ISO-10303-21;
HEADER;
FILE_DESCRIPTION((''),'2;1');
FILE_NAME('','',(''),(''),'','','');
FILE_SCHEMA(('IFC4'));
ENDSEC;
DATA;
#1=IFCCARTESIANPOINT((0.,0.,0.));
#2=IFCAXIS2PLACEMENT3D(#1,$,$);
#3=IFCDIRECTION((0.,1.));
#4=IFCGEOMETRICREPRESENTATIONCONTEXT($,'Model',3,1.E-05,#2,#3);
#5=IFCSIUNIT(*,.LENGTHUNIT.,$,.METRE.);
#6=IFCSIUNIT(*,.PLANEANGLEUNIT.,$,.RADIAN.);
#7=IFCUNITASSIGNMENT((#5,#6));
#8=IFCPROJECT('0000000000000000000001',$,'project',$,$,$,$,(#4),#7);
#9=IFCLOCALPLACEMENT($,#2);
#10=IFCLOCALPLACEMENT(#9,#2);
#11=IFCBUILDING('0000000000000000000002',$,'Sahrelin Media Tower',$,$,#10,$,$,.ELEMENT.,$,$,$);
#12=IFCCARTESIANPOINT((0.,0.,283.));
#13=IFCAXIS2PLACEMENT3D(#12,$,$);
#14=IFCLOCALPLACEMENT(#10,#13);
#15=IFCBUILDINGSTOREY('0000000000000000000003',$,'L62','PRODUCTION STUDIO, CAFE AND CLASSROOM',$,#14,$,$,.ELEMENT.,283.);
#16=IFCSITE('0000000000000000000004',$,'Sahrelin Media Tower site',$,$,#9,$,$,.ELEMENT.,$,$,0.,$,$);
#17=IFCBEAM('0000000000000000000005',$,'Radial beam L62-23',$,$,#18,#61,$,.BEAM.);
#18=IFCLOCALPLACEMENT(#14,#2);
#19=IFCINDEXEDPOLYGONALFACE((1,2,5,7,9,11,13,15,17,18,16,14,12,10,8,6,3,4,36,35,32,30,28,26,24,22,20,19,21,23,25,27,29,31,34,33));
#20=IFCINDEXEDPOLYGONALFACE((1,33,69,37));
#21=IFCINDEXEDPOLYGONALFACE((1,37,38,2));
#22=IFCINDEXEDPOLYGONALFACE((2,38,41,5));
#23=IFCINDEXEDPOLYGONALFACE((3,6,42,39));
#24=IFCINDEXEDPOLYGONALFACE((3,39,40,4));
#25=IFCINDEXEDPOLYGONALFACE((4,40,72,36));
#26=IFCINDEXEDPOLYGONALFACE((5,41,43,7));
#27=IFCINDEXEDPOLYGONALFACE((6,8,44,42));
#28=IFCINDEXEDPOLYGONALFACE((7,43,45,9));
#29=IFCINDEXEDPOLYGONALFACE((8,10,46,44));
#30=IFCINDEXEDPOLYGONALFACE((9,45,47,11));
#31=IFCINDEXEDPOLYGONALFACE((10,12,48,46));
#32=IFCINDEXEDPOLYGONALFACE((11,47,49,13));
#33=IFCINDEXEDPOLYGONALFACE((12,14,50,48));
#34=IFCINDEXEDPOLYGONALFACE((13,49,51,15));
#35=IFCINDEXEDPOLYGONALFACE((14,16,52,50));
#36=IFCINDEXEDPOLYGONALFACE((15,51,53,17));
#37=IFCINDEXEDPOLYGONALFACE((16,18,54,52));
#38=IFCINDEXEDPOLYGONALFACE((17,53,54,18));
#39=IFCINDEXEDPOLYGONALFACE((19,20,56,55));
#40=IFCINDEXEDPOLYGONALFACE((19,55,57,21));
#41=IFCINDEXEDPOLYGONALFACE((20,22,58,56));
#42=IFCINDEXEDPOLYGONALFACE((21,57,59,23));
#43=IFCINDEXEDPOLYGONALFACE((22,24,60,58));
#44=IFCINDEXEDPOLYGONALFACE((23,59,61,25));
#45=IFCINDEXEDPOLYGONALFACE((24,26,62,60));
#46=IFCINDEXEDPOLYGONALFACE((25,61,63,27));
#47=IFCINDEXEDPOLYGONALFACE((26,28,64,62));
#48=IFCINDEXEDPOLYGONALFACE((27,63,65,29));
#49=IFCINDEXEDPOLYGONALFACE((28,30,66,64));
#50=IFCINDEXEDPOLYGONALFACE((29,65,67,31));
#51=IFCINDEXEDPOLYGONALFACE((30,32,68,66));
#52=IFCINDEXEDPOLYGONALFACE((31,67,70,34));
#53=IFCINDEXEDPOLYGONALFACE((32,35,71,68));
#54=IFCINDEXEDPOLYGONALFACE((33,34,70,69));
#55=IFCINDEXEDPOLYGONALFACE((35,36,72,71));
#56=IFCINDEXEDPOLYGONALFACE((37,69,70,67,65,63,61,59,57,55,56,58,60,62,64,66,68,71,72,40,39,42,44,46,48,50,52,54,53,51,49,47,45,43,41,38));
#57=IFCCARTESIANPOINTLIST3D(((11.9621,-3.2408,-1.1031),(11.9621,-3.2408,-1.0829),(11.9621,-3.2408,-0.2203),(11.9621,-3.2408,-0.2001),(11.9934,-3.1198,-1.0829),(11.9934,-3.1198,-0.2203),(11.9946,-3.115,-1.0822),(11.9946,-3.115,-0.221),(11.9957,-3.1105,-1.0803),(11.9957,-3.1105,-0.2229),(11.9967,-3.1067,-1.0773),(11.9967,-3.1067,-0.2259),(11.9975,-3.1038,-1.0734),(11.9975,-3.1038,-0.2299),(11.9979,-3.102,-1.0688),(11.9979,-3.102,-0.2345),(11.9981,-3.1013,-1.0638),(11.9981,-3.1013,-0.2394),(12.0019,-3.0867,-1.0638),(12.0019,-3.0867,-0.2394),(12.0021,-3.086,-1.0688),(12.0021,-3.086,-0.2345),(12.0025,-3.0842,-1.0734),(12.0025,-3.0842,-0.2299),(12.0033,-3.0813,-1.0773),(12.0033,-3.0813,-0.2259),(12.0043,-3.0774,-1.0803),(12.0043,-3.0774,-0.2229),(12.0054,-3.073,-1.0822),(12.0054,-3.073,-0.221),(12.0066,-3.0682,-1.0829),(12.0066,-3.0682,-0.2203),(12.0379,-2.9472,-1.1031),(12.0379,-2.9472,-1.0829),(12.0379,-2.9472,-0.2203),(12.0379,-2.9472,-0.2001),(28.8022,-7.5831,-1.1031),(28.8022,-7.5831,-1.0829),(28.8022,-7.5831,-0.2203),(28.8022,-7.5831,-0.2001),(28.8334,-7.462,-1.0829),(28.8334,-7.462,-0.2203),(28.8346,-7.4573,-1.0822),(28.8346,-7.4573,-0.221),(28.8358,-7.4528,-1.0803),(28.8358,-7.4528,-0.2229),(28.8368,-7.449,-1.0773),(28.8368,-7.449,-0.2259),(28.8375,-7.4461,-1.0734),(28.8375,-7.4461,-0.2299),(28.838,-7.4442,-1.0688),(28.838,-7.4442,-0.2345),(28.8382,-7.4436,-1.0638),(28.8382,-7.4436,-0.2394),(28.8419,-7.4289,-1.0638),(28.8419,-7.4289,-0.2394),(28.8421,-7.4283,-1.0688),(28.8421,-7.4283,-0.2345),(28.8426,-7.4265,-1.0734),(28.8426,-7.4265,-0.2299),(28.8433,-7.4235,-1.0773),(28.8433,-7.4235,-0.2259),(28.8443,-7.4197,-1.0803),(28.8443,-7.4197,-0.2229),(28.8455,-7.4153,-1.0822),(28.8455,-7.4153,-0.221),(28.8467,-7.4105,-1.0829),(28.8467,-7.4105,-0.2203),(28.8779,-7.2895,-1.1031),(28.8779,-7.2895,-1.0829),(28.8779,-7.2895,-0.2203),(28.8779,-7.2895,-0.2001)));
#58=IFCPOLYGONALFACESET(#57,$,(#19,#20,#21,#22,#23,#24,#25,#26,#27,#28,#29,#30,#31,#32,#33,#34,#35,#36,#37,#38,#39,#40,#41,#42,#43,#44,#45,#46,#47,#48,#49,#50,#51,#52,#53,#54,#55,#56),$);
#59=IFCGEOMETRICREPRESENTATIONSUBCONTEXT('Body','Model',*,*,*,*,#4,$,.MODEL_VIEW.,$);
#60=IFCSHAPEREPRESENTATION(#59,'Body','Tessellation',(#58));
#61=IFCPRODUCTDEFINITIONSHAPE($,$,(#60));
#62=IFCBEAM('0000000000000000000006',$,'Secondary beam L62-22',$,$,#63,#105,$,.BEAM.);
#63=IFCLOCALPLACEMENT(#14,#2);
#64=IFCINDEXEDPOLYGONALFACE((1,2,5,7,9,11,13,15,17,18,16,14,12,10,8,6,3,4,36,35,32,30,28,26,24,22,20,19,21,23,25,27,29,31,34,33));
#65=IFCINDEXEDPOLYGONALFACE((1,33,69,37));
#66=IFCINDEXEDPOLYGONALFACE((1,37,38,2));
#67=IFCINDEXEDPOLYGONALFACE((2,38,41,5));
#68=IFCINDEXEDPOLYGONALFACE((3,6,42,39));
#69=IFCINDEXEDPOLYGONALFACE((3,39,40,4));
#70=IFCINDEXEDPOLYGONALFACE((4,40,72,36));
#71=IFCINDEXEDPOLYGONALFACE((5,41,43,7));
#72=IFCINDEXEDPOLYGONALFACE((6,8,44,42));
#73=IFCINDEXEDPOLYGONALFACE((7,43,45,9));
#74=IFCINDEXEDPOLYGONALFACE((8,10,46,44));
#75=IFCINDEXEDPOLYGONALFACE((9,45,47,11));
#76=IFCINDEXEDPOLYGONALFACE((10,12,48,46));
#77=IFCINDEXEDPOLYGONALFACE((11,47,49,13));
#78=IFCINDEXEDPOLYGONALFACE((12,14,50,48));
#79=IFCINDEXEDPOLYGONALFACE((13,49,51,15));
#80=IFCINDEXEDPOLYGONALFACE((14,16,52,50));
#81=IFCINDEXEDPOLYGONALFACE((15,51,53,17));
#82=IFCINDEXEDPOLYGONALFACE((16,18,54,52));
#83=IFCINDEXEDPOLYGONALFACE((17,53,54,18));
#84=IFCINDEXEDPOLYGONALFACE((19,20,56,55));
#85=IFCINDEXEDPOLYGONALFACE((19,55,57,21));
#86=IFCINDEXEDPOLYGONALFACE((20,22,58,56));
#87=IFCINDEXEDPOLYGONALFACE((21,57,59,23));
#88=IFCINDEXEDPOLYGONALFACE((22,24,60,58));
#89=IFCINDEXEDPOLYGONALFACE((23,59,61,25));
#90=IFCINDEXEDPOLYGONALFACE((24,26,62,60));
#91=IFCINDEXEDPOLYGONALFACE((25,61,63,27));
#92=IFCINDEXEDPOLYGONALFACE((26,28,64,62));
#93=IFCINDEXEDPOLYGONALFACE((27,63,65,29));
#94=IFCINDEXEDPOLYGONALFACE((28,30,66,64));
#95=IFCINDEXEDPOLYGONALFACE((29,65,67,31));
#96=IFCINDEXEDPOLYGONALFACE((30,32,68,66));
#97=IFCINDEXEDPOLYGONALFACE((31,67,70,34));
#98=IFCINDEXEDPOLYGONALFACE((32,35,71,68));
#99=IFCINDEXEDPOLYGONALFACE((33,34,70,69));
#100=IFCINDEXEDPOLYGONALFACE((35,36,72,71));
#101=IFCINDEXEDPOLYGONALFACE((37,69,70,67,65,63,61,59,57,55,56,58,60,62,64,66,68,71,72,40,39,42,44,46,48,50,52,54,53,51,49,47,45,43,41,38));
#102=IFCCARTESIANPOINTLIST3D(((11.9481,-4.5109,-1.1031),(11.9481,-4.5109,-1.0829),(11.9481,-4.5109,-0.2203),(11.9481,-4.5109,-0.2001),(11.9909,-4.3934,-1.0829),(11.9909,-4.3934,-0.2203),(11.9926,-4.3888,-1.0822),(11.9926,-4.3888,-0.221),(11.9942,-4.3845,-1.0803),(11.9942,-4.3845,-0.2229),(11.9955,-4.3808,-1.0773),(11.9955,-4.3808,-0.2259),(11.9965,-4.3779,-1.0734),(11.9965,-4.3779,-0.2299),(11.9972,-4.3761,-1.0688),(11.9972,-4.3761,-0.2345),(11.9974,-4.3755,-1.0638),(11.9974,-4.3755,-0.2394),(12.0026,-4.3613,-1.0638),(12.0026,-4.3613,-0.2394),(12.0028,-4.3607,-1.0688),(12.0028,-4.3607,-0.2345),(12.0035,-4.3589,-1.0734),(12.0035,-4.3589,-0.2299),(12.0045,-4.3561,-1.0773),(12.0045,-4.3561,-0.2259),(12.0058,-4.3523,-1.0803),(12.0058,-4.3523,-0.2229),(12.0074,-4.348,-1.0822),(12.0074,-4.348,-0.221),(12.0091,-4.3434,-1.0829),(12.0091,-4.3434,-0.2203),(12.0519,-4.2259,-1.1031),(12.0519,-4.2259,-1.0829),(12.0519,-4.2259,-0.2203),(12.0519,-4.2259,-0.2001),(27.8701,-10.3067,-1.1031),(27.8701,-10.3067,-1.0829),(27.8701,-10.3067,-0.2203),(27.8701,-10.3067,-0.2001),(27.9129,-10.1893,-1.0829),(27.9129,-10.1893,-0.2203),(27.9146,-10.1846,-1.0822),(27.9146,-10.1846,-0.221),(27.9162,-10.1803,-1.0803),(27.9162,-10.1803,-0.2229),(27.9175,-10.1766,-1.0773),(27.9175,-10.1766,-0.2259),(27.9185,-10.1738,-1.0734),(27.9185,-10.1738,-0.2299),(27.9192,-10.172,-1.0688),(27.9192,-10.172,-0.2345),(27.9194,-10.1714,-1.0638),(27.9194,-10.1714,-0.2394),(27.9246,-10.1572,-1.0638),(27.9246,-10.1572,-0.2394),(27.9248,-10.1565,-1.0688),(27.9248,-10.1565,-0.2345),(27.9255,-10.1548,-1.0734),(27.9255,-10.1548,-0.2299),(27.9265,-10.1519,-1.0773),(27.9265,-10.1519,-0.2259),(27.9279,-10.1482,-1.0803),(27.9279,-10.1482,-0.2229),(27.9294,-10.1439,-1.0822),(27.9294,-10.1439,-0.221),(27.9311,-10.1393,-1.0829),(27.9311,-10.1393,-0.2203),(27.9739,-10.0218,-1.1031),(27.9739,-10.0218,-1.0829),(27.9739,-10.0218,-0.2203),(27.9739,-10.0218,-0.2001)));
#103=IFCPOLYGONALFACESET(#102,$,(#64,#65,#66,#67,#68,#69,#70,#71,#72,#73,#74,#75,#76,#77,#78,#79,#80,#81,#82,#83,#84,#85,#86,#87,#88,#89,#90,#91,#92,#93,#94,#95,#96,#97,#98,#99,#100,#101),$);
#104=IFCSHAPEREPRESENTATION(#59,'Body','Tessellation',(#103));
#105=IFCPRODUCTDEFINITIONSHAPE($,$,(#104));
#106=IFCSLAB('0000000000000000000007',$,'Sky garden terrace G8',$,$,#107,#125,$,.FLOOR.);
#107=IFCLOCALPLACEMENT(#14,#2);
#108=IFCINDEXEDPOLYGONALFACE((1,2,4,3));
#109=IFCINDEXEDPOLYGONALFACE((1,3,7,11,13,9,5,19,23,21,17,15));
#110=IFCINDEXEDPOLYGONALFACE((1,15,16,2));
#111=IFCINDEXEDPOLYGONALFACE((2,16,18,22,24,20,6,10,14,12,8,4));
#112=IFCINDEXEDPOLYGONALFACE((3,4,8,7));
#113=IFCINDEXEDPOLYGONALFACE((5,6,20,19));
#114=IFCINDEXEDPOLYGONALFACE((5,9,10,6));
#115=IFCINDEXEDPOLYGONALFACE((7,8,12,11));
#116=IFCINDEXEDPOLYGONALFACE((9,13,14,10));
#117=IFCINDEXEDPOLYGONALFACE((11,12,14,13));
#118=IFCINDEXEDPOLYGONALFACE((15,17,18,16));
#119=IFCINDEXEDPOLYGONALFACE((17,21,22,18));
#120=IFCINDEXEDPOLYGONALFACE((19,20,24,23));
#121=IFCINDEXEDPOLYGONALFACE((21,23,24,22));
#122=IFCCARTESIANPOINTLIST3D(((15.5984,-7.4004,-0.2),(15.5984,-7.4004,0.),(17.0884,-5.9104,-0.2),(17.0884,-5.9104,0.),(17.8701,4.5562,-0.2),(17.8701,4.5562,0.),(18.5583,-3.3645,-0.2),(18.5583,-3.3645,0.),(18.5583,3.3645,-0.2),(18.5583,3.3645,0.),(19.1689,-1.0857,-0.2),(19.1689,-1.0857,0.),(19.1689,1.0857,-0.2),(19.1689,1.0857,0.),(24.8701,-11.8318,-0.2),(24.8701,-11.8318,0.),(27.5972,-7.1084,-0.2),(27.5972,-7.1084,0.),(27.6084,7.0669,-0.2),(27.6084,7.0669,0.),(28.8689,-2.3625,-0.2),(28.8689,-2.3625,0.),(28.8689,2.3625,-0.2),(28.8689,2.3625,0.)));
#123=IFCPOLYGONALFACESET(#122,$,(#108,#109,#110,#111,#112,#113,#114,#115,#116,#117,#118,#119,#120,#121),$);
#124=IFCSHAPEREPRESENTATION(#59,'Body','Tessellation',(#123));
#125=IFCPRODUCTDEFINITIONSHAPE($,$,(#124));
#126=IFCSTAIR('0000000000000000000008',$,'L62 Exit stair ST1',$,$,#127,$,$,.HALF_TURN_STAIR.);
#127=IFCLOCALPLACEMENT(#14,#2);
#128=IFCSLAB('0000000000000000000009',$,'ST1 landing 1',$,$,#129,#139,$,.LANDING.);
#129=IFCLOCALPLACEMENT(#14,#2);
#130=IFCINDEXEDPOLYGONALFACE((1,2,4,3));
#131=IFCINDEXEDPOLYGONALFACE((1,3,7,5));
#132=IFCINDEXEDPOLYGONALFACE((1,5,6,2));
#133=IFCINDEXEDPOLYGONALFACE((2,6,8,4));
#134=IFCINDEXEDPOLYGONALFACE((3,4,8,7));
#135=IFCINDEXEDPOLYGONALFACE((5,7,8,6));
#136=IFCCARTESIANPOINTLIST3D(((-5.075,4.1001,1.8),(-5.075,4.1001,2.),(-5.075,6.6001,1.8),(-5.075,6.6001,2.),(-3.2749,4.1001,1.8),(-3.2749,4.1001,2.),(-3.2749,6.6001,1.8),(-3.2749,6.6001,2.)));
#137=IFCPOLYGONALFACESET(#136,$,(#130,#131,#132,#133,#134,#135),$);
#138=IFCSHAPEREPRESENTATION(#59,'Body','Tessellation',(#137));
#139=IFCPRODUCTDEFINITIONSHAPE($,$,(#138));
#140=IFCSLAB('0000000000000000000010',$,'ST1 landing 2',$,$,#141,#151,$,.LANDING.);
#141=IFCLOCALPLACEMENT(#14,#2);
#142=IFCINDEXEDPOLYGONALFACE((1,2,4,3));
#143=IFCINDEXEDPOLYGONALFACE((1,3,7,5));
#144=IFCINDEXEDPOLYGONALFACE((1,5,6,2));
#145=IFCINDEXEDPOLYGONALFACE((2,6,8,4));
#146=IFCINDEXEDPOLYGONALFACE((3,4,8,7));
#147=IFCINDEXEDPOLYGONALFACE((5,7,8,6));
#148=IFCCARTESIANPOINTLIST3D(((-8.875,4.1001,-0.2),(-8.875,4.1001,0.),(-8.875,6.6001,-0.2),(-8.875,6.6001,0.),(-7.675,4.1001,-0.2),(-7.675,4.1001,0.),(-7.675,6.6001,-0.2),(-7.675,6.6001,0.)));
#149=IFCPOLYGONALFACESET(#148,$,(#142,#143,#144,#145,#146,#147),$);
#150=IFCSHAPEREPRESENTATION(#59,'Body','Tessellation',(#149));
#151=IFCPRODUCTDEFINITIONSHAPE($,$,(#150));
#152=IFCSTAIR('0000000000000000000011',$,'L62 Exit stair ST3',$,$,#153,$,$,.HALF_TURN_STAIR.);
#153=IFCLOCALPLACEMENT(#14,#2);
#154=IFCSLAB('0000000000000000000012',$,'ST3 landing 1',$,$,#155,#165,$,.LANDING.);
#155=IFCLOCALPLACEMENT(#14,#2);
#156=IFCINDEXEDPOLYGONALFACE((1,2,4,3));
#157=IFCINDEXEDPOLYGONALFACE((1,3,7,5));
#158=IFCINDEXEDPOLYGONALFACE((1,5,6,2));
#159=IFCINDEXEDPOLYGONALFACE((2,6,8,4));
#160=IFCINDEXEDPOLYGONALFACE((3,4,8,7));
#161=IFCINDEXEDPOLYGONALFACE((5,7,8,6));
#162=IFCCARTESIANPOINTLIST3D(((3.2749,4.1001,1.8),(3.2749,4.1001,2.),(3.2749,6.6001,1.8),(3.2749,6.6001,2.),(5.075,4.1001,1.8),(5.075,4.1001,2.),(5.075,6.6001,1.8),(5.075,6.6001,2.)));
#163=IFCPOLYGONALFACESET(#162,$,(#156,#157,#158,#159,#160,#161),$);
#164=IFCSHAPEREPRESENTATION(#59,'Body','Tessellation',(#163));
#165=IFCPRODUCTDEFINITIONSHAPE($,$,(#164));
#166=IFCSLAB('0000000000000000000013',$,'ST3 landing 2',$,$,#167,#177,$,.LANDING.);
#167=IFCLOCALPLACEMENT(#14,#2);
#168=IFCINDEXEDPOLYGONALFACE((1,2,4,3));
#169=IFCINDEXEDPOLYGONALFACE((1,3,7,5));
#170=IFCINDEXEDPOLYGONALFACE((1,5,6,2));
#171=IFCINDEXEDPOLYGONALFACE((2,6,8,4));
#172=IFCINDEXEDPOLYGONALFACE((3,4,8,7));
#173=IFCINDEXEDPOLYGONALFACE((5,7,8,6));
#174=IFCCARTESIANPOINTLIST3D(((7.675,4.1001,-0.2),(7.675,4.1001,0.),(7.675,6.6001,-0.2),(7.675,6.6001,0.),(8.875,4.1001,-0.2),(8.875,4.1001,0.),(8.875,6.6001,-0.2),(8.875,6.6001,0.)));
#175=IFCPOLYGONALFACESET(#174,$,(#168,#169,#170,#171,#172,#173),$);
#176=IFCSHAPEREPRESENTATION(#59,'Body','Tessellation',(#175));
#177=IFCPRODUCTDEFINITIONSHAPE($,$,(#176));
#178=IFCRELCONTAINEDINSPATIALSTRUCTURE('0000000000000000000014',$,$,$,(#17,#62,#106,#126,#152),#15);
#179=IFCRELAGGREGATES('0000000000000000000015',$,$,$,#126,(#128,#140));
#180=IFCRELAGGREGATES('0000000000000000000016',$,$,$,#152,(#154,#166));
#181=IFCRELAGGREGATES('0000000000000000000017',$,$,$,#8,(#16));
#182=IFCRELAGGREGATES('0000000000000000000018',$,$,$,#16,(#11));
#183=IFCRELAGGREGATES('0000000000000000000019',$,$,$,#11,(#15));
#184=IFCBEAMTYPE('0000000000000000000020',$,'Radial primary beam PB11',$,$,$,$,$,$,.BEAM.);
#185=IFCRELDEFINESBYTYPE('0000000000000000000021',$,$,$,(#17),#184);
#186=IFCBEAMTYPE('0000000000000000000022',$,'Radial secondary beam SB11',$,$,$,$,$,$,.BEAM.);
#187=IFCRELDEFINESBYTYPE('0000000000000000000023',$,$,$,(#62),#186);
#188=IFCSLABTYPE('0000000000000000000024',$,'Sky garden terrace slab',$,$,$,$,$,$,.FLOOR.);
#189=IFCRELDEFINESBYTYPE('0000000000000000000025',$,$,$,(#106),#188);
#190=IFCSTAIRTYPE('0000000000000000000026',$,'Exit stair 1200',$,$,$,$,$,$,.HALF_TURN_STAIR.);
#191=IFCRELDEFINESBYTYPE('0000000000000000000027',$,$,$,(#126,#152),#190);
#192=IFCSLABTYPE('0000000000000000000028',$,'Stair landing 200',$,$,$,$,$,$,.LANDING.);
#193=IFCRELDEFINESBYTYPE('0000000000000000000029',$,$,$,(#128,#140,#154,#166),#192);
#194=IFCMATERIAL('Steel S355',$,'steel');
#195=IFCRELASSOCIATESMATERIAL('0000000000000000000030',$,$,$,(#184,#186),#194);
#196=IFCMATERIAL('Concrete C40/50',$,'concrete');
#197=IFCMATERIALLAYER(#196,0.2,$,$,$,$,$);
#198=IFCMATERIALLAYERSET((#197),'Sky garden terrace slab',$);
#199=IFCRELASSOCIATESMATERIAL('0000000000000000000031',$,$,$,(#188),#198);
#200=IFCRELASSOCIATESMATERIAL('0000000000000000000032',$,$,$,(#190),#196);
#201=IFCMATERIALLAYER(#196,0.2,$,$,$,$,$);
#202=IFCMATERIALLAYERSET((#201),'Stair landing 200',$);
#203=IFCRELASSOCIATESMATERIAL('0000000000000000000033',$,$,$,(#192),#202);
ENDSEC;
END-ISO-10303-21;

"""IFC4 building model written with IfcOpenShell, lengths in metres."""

from ifc_helpers import new_model, si_unit, direction, frame, origin, origin_2d, place, context, subcontext, project, spatial, polyline, i_section, outline, extrude, material, layer, layer_set, material_profile, profile_set, type_object, element, aggregate, save


model = new_model("IFC4")

# Units and contexts
model_context = context("Model", 3, precision=1e-05, world=origin(), true_north=direction((0.0, 1.0)))
body_context = subcontext(model_context, "Body", "Model", "MODEL_VIEW")
ifc_project = project(units=[si_unit("LENGTHUNIT", "METRE"), si_unit("PLANEANGLEUNIT", "RADIAN")], contexts=[model_context])

# Site, building, storey
site_placement = place(None, origin())
site = spatial("IfcSite", under=ifc_project, at=site_placement, Name="Sahrelin Media Tower site", CompositionType="ELEMENT", RefElevation=0.0)
building_placement = place(site_placement, origin())
building = spatial("IfcBuilding", under=site, at=building_placement, Name="Sahrelin Media Tower", CompositionType="ELEMENT")
storey_placement = place(building_placement, frame((0.0, 0.0, 283.0)))
storey = spatial("IfcBuildingStorey", under=building, at=storey_placement, Name="L62", Description="PRODUCTION STUDIO, CAFE AND CLASSROOM", CompositionType="ELEMENT", Elevation=283.0)

# Beams
ifc_material_1 = material(Name="Steel S355", Category="steel")
ifc_material_profile_1 = material_profile(ifc_material_1, i_section(OverallWidth=0.3032, OverallDepth=0.9031, WebThickness=0.0151, FlangeThickness=0.0203, FilletRadius=0.019, at=origin_2d()), Name="UB 914x305x201")
ifc_profile_set_1 = profile_set([ifc_material_profile_1], Name="Steel S355")
beam_type_1 = type_object("IfcBeamType", Name="Radial primary beam PB11", PredefinedType="BEAM", material=ifc_profile_set_1)
beam_1_placement = place(storey_placement, frame((12.0, -3.094, -0.6516), z_axis=(0.968327, -0.249687, 0.0), x_axis=(0.249687, 0.968327, 0.0)))
element("IfcBeam", 1, at=beam_1_placement, inside=storey, type_object=beam_type_1, Name="Radial beam L62-23", PredefinedType="BEAM", context=body_context, shape_type="SweptSolid", body=[
    extrude(i_section(OverallWidth=0.3032, OverallDepth=0.9031, WebThickness=0.0151, FlangeThickness=0.0203, FilletRadius=0.019, at=origin_2d()), origin(), (0.0, 0.0, 1.0), 17.3909),
])
ifc_material_profile_2 = material_profile(ifc_material_1, i_section(OverallWidth=0.3032, OverallDepth=0.9031, WebThickness=0.0151, FlangeThickness=0.0203, FilletRadius=0.019, at=origin_2d()), Name="UB 914x305x201")
ifc_profile_set_2 = profile_set([ifc_material_profile_2], Name="Steel S355")
beam_type_2 = type_object("IfcBeamType", Name="Radial secondary beam SB11", PredefinedType="BEAM", material=ifc_profile_set_2)
beam_2_placement = place(storey_placement, frame((12.0, -4.3684, -0.6516), z_axis=(0.939679, -0.342058, 0.0), x_axis=(0.342058, 0.939679, 0.0)))
element("IfcBeam", 2, at=beam_2_placement, inside=storey, type_object=beam_type_2, Name="Secondary beam L62-22", PredefinedType="BEAM", context=body_context, shape_type="SweptSolid", body=[
    extrude(i_section(OverallWidth=0.3032, OverallDepth=0.9031, WebThickness=0.0151, FlangeThickness=0.0203, FilletRadius=0.019, at=origin_2d()), origin(), (0.0, 0.0, 1.0), 16.9441),
])

# Slab
ifc_material_2 = material(Name="Concrete C40/50", Category="concrete")
ifc_layer_1 = layer(ifc_material_2, 0.2)
ifc_layer_set_1 = layer_set([ifc_layer_1], Name="Sky garden terrace slab")
slab_type_1 = type_object("IfcSlabType", Name="Sky garden terrace slab", PredefinedType="FLOOR", material=ifc_layer_set_1)
placement_1 = place(storey_placement, frame((0.0, 0.0, -0.2)))
element("IfcSlab", 3, at=placement_1, inside=storey, type_object=slab_type_1, Name="Sky garden terrace G8", PredefinedType="FLOOR", context=body_context, shape_type="SweptSolid", body=[
    extrude(outline(polyline([(28.8689, -2.3625), (27.5972, -7.1084), (24.8701, -11.8318), (15.5984, -7.4004), (17.0884, -5.9104), (18.5583, -3.3645), (19.1689, -1.0857), (19.1689, 1.0857), (18.5583, 3.3645), (17.8701, 4.5562), (27.6084, 7.0669), (28.8689, 2.3625), (28.8689, -2.3625)])), origin(), (0.0, 0.0, 1.0), 0.2),
])

# Stairs, slabs
stair_type = type_object("IfcStairType", Name="Exit stair 1200", PredefinedType="HALF_TURN_STAIR", material=ifc_material_2)
placement_2 = place(storey_placement, origin())
stair_1 = element("IfcStair", 4, at=placement_2, inside=storey, type_object=stair_type, Name="L62 Exit stair ST1", PredefinedType="HALF_TURN_STAIR")
ifc_layer_2 = layer(ifc_material_2, 0.2)
ifc_layer_set_2 = layer_set([ifc_layer_2], Name="Stair landing 200")
slab_type_2 = type_object("IfcSlabType", Name="Stair landing 200", PredefinedType="LANDING", material=ifc_layer_set_2)
placement_3 = place(storey_placement, frame((0.0, 0.0, 1.8)))
slab_1 = element("IfcSlab", 5, at=placement_3, type_object=slab_type_2, Name="ST1 landing 1", PredefinedType="LANDING", context=body_context, shape_type="SweptSolid", body=[
    extrude(outline(polyline([(-5.075, 4.1001), (-3.2749, 4.1001), (-3.2749, 6.6001), (-5.075, 6.6001), (-5.075, 4.1001)])), origin(), (0.0, 0.0, 1.0), 0.2),
])
slab_2 = element("IfcSlab", 6, at=placement_1, type_object=slab_type_2, Name="ST1 landing 2", PredefinedType="LANDING", context=body_context, shape_type="SweptSolid", body=[
    extrude(outline(polyline([(-8.875, 4.1001), (-7.675, 4.1001), (-7.675, 6.6001), (-8.875, 6.6001), (-8.875, 4.1001)])), origin(), (0.0, 0.0, 1.0), 0.2),
])
aggregate(stair_1, [slab_1, slab_2])
stair_2 = element("IfcStair", 7, at=placement_2, inside=storey, type_object=stair_type, Name="L62 Exit stair ST3", PredefinedType="HALF_TURN_STAIR")
slab_3 = element("IfcSlab", 8, at=placement_3, type_object=slab_type_2, Name="ST3 landing 1", PredefinedType="LANDING", context=body_context, shape_type="SweptSolid", body=[
    extrude(outline(polyline([(5.075, 6.6001), (3.2749, 6.6001), (3.2749, 4.1001), (5.075, 4.1001), (5.075, 6.6001)])), origin(), (0.0, 0.0, 1.0), 0.2),
])
slab_4 = element("IfcSlab", 9, at=placement_1, type_object=slab_type_2, Name="ST3 landing 2", PredefinedType="LANDING", context=body_context, shape_type="SweptSolid", body=[
    extrude(outline(polyline([(8.875, 6.6001), (7.675, 6.6001), (7.675, 4.1001), (8.875, 4.1001), (8.875, 6.6001)])), origin(), (0.0, 0.0, 1.0), 0.2),
])
aggregate(stair_2, [slab_3, slab_4])

save(model, "model.ifc")
